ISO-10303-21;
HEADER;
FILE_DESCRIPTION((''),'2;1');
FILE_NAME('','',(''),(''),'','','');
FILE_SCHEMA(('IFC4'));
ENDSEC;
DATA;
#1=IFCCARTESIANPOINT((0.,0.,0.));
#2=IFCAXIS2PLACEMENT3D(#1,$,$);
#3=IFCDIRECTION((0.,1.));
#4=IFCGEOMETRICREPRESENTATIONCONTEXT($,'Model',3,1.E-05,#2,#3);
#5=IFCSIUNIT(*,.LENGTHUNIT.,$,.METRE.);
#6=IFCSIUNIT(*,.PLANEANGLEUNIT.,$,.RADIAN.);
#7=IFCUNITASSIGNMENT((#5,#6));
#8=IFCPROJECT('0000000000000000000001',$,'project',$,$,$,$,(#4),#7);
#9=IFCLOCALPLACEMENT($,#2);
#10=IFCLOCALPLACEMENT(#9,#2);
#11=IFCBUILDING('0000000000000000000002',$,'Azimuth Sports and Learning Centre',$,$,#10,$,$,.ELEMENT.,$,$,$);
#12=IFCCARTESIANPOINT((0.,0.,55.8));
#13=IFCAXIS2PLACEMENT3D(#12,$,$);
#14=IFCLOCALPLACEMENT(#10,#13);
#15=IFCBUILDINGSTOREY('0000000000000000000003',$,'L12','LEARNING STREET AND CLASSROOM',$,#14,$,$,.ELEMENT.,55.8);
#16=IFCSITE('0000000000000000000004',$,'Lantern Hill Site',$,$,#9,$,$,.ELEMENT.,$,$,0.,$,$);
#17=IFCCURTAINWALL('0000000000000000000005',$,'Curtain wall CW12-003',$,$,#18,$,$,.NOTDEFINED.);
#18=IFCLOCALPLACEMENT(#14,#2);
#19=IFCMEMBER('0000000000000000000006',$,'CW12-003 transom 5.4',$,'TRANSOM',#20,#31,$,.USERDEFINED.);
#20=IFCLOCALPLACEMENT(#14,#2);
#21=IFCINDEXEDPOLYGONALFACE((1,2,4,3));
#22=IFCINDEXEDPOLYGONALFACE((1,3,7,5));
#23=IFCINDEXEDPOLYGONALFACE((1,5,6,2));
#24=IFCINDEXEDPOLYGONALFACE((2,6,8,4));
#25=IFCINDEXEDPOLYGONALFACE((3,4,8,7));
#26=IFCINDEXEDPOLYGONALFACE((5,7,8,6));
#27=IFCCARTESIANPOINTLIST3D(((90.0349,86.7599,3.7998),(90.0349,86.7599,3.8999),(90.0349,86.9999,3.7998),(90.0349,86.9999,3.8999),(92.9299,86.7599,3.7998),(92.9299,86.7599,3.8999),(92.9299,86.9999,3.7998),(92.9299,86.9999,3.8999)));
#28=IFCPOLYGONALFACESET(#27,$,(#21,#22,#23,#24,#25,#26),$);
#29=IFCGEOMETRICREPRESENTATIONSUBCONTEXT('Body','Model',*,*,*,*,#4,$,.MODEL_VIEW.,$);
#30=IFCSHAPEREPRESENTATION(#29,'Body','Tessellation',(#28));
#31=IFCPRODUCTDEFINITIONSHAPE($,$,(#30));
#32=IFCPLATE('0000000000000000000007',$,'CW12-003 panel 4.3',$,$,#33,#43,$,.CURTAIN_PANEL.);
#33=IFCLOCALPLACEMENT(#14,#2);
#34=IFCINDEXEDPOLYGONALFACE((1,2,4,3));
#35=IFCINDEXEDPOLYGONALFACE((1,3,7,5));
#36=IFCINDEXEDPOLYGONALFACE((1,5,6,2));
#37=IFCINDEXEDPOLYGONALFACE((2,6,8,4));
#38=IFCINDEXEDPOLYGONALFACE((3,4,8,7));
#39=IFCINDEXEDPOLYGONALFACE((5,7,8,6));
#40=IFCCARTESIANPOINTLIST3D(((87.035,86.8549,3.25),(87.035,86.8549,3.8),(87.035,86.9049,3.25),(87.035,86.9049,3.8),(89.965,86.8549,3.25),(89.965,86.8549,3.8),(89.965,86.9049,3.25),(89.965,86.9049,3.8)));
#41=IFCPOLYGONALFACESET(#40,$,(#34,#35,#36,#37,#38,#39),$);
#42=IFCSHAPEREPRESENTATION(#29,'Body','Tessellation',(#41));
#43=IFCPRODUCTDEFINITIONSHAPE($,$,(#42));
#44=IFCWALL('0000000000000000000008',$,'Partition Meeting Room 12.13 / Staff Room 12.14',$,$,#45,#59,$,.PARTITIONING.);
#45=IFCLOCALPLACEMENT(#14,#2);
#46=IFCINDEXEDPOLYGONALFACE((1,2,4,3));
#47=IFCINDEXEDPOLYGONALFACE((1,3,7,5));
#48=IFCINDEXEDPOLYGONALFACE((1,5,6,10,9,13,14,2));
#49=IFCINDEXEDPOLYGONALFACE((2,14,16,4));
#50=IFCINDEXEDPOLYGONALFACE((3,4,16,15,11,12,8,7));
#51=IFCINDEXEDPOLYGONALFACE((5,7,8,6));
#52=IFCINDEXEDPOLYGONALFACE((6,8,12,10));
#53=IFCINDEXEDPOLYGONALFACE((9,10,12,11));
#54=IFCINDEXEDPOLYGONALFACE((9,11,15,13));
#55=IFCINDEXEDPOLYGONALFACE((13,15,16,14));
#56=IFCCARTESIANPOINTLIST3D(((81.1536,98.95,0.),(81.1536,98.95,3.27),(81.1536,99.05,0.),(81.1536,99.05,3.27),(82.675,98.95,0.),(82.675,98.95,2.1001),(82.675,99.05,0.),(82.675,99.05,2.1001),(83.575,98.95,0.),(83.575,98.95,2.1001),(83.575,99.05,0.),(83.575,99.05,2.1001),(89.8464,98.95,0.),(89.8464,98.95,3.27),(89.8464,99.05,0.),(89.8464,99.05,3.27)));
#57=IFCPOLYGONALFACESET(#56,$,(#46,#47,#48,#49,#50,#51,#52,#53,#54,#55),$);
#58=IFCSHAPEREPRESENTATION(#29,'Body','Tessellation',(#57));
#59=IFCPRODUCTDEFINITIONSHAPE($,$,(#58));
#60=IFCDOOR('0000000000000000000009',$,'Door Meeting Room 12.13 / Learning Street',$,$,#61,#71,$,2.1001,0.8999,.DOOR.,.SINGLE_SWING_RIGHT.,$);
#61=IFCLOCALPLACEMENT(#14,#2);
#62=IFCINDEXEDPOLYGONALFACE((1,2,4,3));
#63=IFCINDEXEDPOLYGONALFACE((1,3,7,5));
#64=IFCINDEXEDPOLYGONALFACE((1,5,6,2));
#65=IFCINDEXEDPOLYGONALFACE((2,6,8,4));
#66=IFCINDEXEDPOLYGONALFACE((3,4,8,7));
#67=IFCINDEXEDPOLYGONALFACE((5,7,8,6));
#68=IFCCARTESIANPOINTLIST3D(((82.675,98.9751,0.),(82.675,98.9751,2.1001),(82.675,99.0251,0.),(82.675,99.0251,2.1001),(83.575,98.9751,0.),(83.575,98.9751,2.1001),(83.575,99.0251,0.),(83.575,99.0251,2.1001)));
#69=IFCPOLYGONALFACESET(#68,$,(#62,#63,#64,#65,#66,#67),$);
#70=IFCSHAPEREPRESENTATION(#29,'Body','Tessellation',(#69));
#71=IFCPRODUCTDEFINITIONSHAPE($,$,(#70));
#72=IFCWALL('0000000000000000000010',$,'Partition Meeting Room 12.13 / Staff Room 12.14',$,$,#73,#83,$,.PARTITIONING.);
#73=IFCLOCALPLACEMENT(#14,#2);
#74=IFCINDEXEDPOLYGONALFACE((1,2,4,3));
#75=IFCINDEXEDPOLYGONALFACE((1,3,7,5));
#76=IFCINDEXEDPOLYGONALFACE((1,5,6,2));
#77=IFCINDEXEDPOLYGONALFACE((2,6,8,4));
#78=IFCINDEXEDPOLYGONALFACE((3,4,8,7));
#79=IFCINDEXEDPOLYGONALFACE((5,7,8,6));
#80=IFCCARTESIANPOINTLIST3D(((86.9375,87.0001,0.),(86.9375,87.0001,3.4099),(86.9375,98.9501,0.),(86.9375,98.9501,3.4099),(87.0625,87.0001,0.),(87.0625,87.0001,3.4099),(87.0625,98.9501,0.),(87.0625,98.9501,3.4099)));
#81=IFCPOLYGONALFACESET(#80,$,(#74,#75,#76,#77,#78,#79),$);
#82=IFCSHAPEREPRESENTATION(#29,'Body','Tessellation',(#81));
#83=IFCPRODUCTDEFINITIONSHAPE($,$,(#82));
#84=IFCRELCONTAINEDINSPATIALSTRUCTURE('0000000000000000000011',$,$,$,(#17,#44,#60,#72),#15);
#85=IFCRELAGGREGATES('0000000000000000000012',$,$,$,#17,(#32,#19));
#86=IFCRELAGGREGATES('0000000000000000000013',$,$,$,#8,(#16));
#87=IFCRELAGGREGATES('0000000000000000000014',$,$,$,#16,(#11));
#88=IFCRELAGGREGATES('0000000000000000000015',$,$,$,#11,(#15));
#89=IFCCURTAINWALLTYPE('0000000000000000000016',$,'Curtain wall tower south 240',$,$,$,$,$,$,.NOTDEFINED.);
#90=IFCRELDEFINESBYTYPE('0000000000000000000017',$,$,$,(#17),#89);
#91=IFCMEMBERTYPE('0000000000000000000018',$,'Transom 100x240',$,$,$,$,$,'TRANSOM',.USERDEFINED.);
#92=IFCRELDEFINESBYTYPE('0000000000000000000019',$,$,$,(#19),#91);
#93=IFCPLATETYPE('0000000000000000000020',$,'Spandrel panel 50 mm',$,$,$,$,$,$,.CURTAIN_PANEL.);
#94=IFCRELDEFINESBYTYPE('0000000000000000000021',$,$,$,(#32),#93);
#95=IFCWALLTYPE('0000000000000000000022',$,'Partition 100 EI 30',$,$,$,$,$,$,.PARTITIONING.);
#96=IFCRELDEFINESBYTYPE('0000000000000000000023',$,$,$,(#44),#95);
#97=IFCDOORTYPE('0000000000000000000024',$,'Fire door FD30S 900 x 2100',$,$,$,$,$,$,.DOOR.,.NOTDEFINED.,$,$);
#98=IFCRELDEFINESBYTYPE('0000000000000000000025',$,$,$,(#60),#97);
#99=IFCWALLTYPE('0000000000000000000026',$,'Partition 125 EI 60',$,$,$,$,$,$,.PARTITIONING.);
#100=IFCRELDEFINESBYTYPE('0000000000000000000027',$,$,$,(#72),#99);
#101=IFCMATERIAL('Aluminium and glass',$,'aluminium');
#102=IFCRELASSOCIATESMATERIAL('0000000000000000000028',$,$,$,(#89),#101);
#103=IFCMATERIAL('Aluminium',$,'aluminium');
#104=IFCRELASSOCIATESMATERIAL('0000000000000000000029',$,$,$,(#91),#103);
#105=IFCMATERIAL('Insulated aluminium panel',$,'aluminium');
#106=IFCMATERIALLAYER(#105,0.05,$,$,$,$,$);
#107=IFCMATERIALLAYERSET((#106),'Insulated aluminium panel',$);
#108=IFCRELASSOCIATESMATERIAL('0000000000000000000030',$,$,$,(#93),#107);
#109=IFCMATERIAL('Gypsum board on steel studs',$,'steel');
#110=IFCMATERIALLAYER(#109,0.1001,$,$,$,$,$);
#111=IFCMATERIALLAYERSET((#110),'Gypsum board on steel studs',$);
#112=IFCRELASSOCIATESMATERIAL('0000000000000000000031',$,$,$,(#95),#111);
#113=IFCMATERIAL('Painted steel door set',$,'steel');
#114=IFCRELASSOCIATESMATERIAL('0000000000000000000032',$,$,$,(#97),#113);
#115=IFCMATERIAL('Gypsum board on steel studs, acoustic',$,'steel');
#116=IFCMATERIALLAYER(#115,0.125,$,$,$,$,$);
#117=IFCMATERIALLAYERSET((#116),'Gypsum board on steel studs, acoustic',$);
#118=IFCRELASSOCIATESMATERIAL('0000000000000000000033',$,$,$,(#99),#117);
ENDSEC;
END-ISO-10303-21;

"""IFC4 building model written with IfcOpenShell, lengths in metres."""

from ifc_helpers import new_model, si_unit, direction, frame, frame_2d, origin, origin_2d, place, context, subcontext, project, spatial, rectangle, extrude, material, layer, layer_set, material_profile, profile_set, type_object, element, fill, aggregate, save


model = new_model("IFC4")

# Units and contexts
model_context = context("Model", 3, precision=1e-05, world=origin(), true_north=direction((0.0, 1.0)))
body_context = subcontext(model_context, "Body", "Model", "MODEL_VIEW")
ifc_project = project(units=[si_unit("LENGTHUNIT", "METRE"), si_unit("PLANEANGLEUNIT", "RADIAN")], contexts=[model_context])

# Site, building, storey
site_placement = place(None, origin())
site = spatial("IfcSite", under=ifc_project, at=site_placement, Name="Lantern Hill Site", CompositionType="ELEMENT", RefElevation=0.0)
building_placement = place(site_placement, origin())
building = spatial("IfcBuilding", under=site, at=building_placement, Name="Azimuth Sports and Learning Centre", CompositionType="ELEMENT")
storey_placement = place(building_placement, frame((0.0, 0.0, 55.8)))
storey = spatial("IfcBuildingStorey", under=building, at=storey_placement, Name="L12", Description="LEARNING STREET AND CLASSROOM", CompositionType="ELEMENT", Elevation=55.8)

# Curtain wall, member, plate
ifc_material_1 = material(Name="Aluminium and glass", Category="aluminium")
curtain_wall_type = type_object("IfcCurtainWallType", Name="Curtain wall tower south 240", PredefinedType="NOTDEFINED", material=ifc_material_1)
curtain_wall_placement = place(storey_placement, origin())
curtain_wall = element("IfcCurtainWall", 1, at=curtain_wall_placement, inside=storey, type_object=curtain_wall_type, Name="Curtain wall CW12-003", PredefinedType="NOTDEFINED")
ifc_material_2 = material(Name="Aluminium", Category="aluminium")
ifc_material_profile_1 = material_profile(ifc_material_2, rectangle(XDim=0.24, YDim=0.1001, at=origin_2d()), Name="Transom 100x240")
ifc_profile_set_1 = profile_set([ifc_material_profile_1], Name="Aluminium")
member_type_1 = type_object("IfcMemberType", Name="Transom 100x240", ElementType="TRANSOM", PredefinedType="USERDEFINED", material=ifc_profile_set_1)
member_1_placement = place(storey_placement, frame((90.0349, 86.8799, 3.8499), z_axis=(1.0, 0.0, 0.0), x_axis=(0.0, 1.0, 0.0)))
member_1 = element("IfcMember", 2, at=member_1_placement, type_object=member_type_1, Name="CW12-003 transom 5.4", ObjectType="TRANSOM", PredefinedType="USERDEFINED", context=body_context, shape_type="SweptSolid", body=[
    extrude(rectangle(XDim=0.24, YDim=0.1001, at=origin_2d()), origin(), (0.0, 0.0, 1.0), 2.895),
])
ifc_material_3 = material(Name="Insulated aluminium panel", Category="aluminium")
ifc_layer_1 = layer(ifc_material_3, 0.05)
ifc_layer_set_1 = layer_set([ifc_layer_1], Name="Insulated aluminium panel")
plate_type = type_object("IfcPlateType", Name="Spandrel panel 50 mm", PredefinedType="CURTAIN_PANEL", material=ifc_layer_set_1)
plate_placement = place(storey_placement, frame((88.5, 86.8799, 3.25), z_axis=(0.0, 0.0, 1.0), x_axis=(1.0, 0.0, 0.0)))
plate = element("IfcPlate", 3, at=plate_placement, type_object=plate_type, Name="CW12-003 panel 4.3", PredefinedType="CURTAIN_PANEL", context=body_context, shape_type="SweptSolid", body=[
    extrude(rectangle(XDim=2.9299, YDim=0.05, at=origin_2d()), origin(), (0.0, 0.0, 1.0), 0.55),
])
aggregate(curtain_wall, [plate, member_1])

# Wall, opening, door
ifc_material_4 = material(Name="Gypsum board on steel studs", Category="steel")
ifc_layer_2 = layer(ifc_material_4, 0.1001)
ifc_layer_set_2 = layer_set([ifc_layer_2], Name="Gypsum board on steel studs")
wall_type_1 = type_object("IfcWallType", Name="Partition 100 EI 30", PredefinedType="PARTITIONING", material=ifc_layer_set_2)
wall_1_placement = place(storey_placement, frame((81.1536, 99.0, 0.0), z_axis=(0.0, 0.0, 1.0), x_axis=(1.0, 0.0, 0.0)))
wall_1 = element("IfcWall", 4, at=wall_1_placement, inside=storey, type_object=wall_type_1, Name="Partition Meeting Room 12.13 / Staff Room 12.14", PredefinedType="PARTITIONING", context=body_context, shape_type="SweptSolid", body=[
    extrude(rectangle(XDim=8.6929, YDim=0.1001, at=frame_2d((4.3464, 0.0))), origin(), (0.0, 0.0, 1.0), 3.27),
])
opening_placement = place(wall_1_placement, frame((1.5215, 0.0, 0.0)))
opening = element("IfcOpeningElement", 5, at=opening_placement, cuts=wall_1, PredefinedType="OPENING", context=body_context, shape_type="SweptSolid", body=[
    extrude(rectangle(XDim=0.8999, YDim=2.1001, at=frame_2d((0.45, 1.05))), frame((0.0, 0.061, 0.0), z_axis=(0.0, -1.0, 0.0), x_axis=(1.0, 0.0, 0.0)), (0.0, 0.0, 1.0), 0.1221),
])
ifc_material_5 = material(Name="Painted steel door set", Category="steel")
door_type = type_object("IfcDoorType", Name="Fire door FD30S 900 x 2100", OperationType="NOTDEFINED", PredefinedType="DOOR", material=ifc_material_5)
door_placement = place(opening_placement, frame((0.8999, 0.0, 0.0), z_axis=(0.0, 0.0, 1.0), x_axis=(-1.0, 0.0, 0.0)))
door = element("IfcDoor", 6, at=door_placement, inside=storey, type_object=door_type, Name="Door Meeting Room 12.13 / Learning Street", OperationType="SINGLE_SWING_RIGHT", OverallHeight=2.1001, OverallWidth=0.8999, PredefinedType="DOOR", context=body_context, shape_type="SweptSolid", body=[
    extrude(rectangle(XDim=0.8999, YDim=2.1001, at=frame_2d((0.45, 1.05))), frame((0.0, 0.0249, 0.0), z_axis=(0.0, -1.0, 0.0), x_axis=(1.0, 0.0, 0.0)), (0.0, 0.0, 1.0), 0.05),
])
fill(opening, door)

# Wall
ifc_material_6 = material(Name="Gypsum board on steel studs, acoustic", Category="steel")
ifc_layer_3 = layer(ifc_material_6, 0.125)
ifc_layer_set_3 = layer_set([ifc_layer_3], Name="Gypsum board on steel studs, acoustic")
wall_type_2 = type_object("IfcWallType", Name="Partition 125 EI 60", PredefinedType="PARTITIONING", material=ifc_layer_set_3)
wall_2_placement = place(storey_placement, frame((87.0, 87.0, 0.0), z_axis=(0.0, 0.0, 1.0), x_axis=(0.0, 1.0, 0.0)))
element("IfcWall", 7, at=wall_2_placement, inside=storey, type_object=wall_type_2, Name="Partition Meeting Room 12.13 / Staff Room 12.14", PredefinedType="PARTITIONING", context=body_context, shape_type="SweptSolid", body=[
    extrude(rectangle(XDim=11.95, YDim=0.125, at=frame_2d((5.9751, 0.0))), origin(), (0.0, 0.0, 1.0), 3.4099),
])

save(model, "model.ifc")
